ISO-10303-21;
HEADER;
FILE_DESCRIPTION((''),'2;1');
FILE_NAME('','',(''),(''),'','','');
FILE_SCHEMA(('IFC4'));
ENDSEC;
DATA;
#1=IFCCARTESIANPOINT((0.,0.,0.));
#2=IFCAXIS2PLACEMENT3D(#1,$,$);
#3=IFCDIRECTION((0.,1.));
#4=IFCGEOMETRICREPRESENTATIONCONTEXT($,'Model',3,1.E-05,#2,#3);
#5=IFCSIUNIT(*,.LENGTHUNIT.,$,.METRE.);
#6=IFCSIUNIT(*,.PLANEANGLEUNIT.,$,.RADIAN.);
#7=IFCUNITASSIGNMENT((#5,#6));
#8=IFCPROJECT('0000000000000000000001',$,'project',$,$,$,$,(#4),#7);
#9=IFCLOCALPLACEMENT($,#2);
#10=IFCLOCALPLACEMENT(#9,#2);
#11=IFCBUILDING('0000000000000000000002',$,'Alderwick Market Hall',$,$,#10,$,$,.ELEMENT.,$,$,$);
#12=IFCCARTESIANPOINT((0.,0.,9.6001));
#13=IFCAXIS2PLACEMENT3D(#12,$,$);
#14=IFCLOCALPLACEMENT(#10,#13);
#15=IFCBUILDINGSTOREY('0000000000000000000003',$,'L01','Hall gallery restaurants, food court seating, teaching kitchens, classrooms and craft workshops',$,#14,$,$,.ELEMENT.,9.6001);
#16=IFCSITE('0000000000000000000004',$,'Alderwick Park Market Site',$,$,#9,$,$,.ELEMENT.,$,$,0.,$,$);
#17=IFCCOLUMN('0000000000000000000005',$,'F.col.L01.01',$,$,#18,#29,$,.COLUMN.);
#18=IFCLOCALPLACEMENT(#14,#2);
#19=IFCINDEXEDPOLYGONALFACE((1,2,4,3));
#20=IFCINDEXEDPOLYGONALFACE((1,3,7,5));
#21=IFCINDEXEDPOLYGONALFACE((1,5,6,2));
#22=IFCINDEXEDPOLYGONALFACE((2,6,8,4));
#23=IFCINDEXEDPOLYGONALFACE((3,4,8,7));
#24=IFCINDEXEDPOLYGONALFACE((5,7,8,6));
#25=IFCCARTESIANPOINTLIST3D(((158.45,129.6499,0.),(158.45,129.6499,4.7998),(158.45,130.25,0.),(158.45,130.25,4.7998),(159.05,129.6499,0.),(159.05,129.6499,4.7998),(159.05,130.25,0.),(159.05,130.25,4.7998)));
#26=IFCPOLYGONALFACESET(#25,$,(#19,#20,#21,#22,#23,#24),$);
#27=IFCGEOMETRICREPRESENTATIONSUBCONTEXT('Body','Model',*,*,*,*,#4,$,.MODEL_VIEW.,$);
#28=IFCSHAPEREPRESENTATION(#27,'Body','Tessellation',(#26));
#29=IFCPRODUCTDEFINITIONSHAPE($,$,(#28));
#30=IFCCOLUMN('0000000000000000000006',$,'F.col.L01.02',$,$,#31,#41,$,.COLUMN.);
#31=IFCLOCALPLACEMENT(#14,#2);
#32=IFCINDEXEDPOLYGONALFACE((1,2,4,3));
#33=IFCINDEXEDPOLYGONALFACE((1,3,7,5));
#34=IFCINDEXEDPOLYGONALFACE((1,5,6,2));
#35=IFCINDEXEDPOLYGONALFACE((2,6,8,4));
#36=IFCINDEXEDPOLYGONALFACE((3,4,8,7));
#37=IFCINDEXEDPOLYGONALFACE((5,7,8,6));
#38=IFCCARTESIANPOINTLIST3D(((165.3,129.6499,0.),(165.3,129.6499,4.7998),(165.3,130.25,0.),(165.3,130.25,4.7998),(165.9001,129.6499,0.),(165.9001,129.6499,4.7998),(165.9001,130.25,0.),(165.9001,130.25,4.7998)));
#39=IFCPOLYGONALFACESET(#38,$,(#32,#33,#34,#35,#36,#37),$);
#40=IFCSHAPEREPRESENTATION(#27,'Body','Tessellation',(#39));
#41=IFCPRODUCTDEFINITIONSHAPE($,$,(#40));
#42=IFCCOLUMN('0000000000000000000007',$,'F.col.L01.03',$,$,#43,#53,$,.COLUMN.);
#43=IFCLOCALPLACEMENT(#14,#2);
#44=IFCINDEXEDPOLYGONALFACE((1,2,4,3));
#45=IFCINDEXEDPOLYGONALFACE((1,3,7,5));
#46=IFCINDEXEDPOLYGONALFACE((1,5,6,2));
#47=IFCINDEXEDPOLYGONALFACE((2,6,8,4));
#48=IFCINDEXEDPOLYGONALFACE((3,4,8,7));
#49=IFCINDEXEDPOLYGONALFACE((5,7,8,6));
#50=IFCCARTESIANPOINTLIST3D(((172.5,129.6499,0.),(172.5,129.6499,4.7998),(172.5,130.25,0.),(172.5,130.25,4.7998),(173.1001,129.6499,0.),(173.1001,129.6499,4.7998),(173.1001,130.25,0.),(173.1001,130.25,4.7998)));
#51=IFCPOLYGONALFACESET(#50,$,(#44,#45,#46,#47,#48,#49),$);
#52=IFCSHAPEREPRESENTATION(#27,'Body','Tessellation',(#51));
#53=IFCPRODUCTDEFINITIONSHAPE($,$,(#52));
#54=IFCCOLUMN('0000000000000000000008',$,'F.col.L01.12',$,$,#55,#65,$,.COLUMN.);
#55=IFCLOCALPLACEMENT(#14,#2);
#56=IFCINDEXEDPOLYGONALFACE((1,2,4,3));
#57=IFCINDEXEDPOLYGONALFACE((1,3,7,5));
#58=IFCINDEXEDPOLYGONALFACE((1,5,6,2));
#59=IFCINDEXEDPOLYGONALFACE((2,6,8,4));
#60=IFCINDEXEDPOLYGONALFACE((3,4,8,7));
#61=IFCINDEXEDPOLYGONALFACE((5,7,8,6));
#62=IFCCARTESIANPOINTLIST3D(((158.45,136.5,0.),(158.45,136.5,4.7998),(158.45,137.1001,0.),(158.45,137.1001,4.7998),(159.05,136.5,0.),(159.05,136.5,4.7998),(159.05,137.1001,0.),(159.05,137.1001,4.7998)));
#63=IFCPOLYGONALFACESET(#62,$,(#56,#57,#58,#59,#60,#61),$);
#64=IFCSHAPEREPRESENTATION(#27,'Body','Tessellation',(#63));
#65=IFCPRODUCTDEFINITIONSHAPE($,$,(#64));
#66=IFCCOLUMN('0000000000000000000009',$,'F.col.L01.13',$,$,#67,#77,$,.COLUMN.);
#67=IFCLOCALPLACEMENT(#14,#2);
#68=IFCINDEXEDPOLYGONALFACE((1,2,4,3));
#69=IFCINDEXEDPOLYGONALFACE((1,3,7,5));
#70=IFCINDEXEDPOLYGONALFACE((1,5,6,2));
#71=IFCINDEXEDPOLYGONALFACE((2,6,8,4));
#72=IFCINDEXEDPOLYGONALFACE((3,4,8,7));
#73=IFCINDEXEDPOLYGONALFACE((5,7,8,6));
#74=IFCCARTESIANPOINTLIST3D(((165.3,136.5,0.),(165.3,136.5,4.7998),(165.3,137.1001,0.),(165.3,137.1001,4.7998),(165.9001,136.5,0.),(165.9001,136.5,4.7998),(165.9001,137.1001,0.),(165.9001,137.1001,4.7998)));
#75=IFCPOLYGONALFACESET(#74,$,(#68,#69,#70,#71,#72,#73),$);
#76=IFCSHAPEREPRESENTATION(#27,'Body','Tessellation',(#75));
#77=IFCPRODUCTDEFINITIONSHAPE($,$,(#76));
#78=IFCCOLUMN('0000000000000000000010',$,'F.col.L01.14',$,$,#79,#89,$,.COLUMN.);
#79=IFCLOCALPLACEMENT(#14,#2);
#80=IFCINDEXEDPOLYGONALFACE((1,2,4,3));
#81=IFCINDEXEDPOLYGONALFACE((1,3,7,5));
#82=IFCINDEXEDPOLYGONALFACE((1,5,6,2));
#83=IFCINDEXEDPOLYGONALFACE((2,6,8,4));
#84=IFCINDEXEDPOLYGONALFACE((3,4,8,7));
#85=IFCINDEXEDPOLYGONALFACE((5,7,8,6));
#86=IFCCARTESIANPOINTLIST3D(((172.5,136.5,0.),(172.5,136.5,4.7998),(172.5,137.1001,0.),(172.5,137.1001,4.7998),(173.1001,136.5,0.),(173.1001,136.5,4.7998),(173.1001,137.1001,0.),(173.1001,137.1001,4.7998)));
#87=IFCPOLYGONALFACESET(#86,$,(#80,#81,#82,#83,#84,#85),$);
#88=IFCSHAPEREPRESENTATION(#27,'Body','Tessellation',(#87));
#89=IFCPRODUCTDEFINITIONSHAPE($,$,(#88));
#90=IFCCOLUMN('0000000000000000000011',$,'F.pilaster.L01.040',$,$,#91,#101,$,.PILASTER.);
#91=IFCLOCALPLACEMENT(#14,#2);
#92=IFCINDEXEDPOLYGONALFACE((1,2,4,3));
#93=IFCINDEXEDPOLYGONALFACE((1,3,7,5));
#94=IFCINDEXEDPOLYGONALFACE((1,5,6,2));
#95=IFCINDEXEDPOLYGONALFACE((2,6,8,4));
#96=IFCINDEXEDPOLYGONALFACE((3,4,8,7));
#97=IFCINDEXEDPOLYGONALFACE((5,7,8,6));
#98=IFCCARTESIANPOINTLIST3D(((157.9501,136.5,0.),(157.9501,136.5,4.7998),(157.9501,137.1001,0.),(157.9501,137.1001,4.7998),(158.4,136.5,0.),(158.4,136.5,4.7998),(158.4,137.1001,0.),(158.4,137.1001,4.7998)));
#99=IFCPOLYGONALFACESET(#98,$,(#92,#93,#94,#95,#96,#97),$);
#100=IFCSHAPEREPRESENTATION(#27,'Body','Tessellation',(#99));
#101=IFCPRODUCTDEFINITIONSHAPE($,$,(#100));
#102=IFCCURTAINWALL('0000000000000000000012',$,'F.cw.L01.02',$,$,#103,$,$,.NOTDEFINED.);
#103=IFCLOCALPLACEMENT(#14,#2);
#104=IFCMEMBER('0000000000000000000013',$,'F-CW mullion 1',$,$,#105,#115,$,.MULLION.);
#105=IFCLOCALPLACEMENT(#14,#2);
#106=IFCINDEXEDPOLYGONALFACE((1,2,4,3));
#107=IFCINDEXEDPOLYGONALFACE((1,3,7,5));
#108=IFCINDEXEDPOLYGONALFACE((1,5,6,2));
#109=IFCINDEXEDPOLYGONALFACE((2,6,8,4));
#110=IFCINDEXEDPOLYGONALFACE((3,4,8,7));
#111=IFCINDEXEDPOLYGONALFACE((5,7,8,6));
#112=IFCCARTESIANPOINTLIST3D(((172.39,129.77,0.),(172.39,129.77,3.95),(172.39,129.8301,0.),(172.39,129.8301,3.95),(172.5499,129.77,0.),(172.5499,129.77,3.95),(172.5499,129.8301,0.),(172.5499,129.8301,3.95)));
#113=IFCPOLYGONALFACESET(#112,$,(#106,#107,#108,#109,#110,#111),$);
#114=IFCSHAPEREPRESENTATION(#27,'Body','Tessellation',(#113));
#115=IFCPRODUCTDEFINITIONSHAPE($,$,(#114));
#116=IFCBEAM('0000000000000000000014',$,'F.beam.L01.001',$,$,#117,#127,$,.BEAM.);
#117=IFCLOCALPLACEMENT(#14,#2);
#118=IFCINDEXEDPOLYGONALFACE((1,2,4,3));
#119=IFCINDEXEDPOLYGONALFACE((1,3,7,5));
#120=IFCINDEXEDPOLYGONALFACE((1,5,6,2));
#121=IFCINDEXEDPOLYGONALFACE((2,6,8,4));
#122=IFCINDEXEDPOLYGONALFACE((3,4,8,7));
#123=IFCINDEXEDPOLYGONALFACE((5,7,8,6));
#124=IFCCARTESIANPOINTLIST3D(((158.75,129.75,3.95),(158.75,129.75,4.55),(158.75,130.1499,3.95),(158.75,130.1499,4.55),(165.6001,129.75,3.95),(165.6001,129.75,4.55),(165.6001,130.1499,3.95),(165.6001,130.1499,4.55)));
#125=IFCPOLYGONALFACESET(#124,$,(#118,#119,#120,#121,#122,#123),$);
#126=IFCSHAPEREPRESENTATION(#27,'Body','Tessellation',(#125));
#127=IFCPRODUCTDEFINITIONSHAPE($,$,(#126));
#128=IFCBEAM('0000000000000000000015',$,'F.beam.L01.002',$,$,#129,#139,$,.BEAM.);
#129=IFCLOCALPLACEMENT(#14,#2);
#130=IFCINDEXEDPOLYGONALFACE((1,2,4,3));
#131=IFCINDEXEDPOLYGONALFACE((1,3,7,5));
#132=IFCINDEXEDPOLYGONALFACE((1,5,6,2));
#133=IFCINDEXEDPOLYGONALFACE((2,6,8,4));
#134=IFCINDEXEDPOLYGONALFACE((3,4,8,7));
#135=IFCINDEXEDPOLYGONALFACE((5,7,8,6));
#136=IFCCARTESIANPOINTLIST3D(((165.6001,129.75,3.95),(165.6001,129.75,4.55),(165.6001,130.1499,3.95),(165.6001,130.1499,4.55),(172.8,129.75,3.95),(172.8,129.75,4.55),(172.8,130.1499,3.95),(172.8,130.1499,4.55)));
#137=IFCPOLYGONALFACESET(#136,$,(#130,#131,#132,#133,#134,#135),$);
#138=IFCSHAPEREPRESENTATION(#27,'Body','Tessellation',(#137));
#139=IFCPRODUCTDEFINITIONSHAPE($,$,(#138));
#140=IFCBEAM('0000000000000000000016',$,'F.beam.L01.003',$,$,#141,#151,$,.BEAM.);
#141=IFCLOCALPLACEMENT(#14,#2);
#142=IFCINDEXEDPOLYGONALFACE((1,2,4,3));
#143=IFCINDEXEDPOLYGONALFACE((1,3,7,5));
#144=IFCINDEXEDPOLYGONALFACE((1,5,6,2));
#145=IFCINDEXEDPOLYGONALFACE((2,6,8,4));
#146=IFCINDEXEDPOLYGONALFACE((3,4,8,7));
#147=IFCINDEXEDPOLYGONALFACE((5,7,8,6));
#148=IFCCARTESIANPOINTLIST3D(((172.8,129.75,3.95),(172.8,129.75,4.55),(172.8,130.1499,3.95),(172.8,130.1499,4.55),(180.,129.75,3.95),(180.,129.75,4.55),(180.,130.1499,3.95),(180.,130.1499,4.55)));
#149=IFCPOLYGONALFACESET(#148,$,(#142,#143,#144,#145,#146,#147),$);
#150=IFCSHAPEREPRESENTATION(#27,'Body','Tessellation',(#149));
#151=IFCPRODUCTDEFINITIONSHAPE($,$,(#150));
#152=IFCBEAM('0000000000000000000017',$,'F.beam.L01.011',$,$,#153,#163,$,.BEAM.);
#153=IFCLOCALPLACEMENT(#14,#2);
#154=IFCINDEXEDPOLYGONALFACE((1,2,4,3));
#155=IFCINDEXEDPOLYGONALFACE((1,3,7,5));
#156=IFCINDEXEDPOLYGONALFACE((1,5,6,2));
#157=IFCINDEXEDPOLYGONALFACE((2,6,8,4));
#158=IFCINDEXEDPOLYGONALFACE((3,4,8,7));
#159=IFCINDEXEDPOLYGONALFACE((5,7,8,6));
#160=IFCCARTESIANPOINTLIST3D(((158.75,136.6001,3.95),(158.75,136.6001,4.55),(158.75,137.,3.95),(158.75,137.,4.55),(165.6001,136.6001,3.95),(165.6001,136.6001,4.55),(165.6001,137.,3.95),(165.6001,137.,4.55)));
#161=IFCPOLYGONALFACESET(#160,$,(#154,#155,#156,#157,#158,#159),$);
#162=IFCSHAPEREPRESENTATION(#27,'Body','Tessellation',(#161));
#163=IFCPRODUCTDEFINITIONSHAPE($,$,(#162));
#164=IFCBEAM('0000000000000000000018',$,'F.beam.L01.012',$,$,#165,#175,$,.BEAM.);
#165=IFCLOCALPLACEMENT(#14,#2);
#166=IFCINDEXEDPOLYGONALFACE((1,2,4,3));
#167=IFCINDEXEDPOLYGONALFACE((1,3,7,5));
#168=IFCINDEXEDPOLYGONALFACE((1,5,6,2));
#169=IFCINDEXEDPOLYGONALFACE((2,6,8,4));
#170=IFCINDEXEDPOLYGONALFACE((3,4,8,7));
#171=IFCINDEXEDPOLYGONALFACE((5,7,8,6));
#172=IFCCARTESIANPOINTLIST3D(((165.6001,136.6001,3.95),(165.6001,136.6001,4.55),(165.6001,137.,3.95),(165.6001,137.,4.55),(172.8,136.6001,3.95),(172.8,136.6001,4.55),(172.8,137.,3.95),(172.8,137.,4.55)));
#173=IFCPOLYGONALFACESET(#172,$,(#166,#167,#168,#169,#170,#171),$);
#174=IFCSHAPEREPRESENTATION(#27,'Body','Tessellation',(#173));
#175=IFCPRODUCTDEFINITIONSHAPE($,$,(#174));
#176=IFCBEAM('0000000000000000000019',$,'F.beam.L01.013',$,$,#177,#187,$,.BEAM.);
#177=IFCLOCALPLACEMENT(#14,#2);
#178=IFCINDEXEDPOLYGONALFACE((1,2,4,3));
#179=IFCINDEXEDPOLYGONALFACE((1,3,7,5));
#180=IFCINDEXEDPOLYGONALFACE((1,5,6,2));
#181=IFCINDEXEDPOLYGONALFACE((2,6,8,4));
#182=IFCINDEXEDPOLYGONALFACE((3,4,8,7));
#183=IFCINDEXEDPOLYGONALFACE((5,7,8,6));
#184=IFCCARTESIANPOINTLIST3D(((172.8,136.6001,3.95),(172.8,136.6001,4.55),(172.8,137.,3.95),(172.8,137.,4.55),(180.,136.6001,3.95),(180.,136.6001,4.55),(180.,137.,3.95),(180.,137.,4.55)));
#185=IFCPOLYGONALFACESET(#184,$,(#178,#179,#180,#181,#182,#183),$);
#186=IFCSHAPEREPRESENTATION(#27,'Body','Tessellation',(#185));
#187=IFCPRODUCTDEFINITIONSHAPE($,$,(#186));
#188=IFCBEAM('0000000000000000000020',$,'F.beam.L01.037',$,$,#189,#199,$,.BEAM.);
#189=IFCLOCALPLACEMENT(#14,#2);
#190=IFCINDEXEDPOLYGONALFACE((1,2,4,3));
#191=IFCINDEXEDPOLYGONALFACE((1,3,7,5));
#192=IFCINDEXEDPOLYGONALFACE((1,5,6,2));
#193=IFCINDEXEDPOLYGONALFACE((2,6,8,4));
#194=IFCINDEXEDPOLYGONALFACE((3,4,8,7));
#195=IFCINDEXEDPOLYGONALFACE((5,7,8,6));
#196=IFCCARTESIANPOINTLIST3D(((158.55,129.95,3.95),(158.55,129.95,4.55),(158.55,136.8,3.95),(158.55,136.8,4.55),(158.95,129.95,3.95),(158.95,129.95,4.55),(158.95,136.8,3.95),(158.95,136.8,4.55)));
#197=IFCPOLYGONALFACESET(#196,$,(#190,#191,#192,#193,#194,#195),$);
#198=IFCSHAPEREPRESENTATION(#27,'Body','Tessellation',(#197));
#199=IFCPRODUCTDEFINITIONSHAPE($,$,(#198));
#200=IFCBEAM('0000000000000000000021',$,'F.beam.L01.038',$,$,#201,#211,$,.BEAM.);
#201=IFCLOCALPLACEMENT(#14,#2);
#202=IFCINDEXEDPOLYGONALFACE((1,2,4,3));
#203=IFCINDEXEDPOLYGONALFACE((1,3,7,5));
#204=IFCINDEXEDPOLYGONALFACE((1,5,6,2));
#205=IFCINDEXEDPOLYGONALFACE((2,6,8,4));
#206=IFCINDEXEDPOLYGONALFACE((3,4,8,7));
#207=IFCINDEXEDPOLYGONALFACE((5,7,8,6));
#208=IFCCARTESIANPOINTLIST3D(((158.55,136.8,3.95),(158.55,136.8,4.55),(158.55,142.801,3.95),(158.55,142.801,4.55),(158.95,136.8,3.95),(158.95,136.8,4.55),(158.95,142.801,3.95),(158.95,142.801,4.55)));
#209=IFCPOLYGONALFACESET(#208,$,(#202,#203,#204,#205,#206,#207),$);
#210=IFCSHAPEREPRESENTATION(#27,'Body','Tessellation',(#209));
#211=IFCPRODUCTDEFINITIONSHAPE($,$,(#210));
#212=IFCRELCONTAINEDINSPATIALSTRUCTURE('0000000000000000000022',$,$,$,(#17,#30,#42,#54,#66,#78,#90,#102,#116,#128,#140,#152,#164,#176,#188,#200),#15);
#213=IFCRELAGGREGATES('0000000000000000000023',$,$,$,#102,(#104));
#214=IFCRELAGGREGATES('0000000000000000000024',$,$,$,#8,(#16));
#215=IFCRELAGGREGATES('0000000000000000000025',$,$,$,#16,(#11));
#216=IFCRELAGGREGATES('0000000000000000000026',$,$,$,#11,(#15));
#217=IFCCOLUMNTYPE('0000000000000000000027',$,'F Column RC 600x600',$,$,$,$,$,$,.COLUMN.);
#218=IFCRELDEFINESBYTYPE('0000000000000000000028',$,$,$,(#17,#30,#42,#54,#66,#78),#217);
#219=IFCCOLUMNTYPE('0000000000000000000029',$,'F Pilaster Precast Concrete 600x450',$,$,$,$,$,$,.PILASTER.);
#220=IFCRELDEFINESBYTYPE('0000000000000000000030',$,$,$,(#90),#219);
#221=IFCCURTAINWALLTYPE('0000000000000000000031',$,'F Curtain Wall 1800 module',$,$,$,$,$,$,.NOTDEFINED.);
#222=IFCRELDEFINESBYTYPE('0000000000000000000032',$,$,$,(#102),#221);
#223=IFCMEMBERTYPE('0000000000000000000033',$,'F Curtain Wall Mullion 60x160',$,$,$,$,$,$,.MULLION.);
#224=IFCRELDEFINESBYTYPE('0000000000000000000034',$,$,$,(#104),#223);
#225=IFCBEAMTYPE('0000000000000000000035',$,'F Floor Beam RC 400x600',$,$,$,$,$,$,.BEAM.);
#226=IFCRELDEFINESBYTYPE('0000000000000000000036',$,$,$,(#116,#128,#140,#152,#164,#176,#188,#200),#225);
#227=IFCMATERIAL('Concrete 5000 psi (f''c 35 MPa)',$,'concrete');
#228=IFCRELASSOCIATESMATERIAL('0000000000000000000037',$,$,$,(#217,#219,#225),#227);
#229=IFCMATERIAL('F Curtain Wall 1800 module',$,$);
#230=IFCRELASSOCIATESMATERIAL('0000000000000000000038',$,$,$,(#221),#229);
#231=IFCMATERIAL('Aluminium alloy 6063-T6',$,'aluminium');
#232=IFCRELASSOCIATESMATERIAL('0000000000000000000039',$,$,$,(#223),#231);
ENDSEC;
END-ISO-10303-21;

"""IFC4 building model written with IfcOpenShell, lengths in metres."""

from ifc_helpers import new_model, si_unit, direction, frame, origin, origin_2d, place, context, subcontext, project, spatial, rectangle, extrude, material, material_profile, profile_set, type_object, element, aggregate, save


model = new_model("IFC4")

# Units and contexts
model_context = context("Model", 3, precision=1e-05, world=origin(), true_north=direction((0.0, 1.0)))
body_context = subcontext(model_context, "Body", "Model", "MODEL_VIEW")
ifc_project = project(units=[si_unit("LENGTHUNIT", "METRE"), si_unit("PLANEANGLEUNIT", "RADIAN")], contexts=[model_context])

# Site, building, storey
site_placement = place(None, origin())
site = spatial("IfcSite", under=ifc_project, at=site_placement, Name="Alderwick Park Market Site", CompositionType="ELEMENT", RefElevation=0.0)
building_placement = place(site_placement, origin())
building = spatial("IfcBuilding", under=site, at=building_placement, Name="Alderwick Market Hall", CompositionType="ELEMENT")
storey_placement = place(building_placement, frame((0.0, 0.0, 9.6001)))
storey = spatial("IfcBuildingStorey", under=building, at=storey_placement, Name="L01", Description="Hall gallery restaurants, food court seating, teaching kitchens, classrooms and craft workshops", CompositionType="ELEMENT", Elevation=9.6001)

# Columns
ifc_material_1 = material(Name="Concrete 5000 psi (f'c 35 MPa)", Category="concrete")
ifc_material_profile_1 = material_profile(ifc_material_1, rectangle(XDim=0.6001, YDim=0.6001, at=origin_2d()), Name="RC 600x600")
ifc_profile_set_1 = profile_set([ifc_material_profile_1], Name="Concrete 5000 psi (f'c 35 MPa)")
column_type_1 = type_object("IfcColumnType", Name="F Column RC 600x600", PredefinedType="COLUMN", material=ifc_profile_set_1)
for number, where, z_axis, x_axis, name in (
    (1, (158.75, 129.95, 0.0), (0.0, 0.0, 1.0), (1.0, 0.0, 0.0), "F.col.L01.01"),
    (2, (165.6001, 129.95, 0.0), (0.0, 0.0, 1.0), (1.0, 0.0, 0.0), "F.col.L01.02"),
    (3, (172.8, 129.95, 0.0), (0.0, 0.0, 1.0), (1.0, 0.0, 0.0), "F.col.L01.03"),
    (4, (158.75, 136.8, 0.0), (0.0, 0.0, 1.0), (1.0, 0.0, 0.0), "F.col.L01.12"),
    (5, (165.6001, 136.8, 0.0), (0.0, 0.0, 1.0), (1.0, 0.0, 0.0), "F.col.L01.13"),
    (6, (172.8, 136.8, 0.0), (0.0, 0.0, 1.0), (1.0, 0.0, 0.0), "F.col.L01.14"),
):
    element("IfcColumn", number, at=place(storey_placement, frame(where, z_axis=z_axis, x_axis=x_axis)), inside=storey, type_object=column_type_1, Name=name, PredefinedType="COLUMN", context=body_context, shape_type="SweptSolid", body=[
        extrude(rectangle(XDim=0.6001, YDim=0.6001, at=origin_2d()), origin(), (0.0, 0.0, 1.0), 4.7998),
    ])
ifc_material_profile_2 = material_profile(ifc_material_1, rectangle(XDim=0.6001, YDim=0.45, at=origin_2d()), Name="PC 600x450")
ifc_profile_set_2 = profile_set([ifc_material_profile_2], Name="Concrete 5000 psi (f'c 35 MPa)")
column_type_2 = type_object("IfcColumnType", Name="F Pilaster Precast Concrete 600x450", PredefinedType="PILASTER", material=ifc_profile_set_2)
column_placement = place(storey_placement, frame((158.175, 136.8, 0.0), z_axis=(0.0, 0.0, 1.0), x_axis=(0.0, 1.0, 0.0)))
element("IfcColumn", 7, at=column_placement, inside=storey, type_object=column_type_2, Name="F.pilaster.L01.040", PredefinedType="PILASTER", context=body_context, shape_type="SweptSolid", body=[
    extrude(rectangle(XDim=0.6001, YDim=0.45, at=origin_2d()), origin(), (0.0, 0.0, 1.0), 4.7998),
])

# Curtain wall, member
ifc_material_2 = material(Name="F Curtain Wall 1800 module")
curtain_wall_type = type_object("IfcCurtainWallType", Name="F Curtain Wall 1800 module", PredefinedType="NOTDEFINED", material=ifc_material_2)
curtain_wall_placement = place(storey_placement, origin())
curtain_wall = element("IfcCurtainWall", 8, at=curtain_wall_placement, inside=storey, type_object=curtain_wall_type, Name="F.cw.L01.02", PredefinedType="NOTDEFINED")
ifc_material_3 = material(Name="Aluminium alloy 6063-T6", Category="aluminium")
ifc_material_profile_3 = material_profile(ifc_material_3, rectangle(XDim=0.0601, YDim=0.1599, at=origin_2d()), Name="AL 60x160")
ifc_profile_set_3 = profile_set([ifc_material_profile_3], Name="Aluminium alloy 6063-T6")
member_type = type_object("IfcMemberType", Name="F Curtain Wall Mullion 60x160", PredefinedType="MULLION", material=ifc_profile_set_3)
member_placement = place(storey_placement, frame((172.47, 129.8, 0.0), z_axis=(0.0, 0.0, 1.0), x_axis=(0.0, -1.0, 0.0)))
member = element("IfcMember", 9, at=member_placement, type_object=member_type, Name="F-CW mullion 1", PredefinedType="MULLION", context=body_context, shape_type="SweptSolid", body=[
    extrude(rectangle(XDim=0.0601, YDim=0.1599, at=origin_2d()), origin(), (0.0, 0.0, 1.0), 3.95),
])
aggregate(curtain_wall, [member])

# Beams
ifc_material_profile_4 = material_profile(ifc_material_1, rectangle(XDim=0.3999, YDim=0.6001, at=origin_2d()), Name="RC 400x600")
ifc_profile_set_4 = profile_set([ifc_material_profile_4], Name="Concrete 5000 psi (f'c 35 MPa)")
beam_type = type_object("IfcBeamType", Name="F Floor Beam RC 400x600", PredefinedType="BEAM", material=ifc_profile_set_4)
beam_1_placement = place(storey_placement, frame((158.75, 129.95, 4.25), z_axis=(1.0, 0.0, 0.0), x_axis=(0.0, 1.0, 0.0)))
element("IfcBeam", 10, at=beam_1_placement, inside=storey, type_object=beam_type, Name="F.beam.L01.001", PredefinedType="BEAM", context=body_context, shape_type="SweptSolid", body=[
    extrude(rectangle(XDim=0.3999, YDim=0.6001, at=origin_2d()), origin(), (0.0, 0.0, 1.0), 6.8501),
])
for number, where, z_axis, x_axis, name in (
    (11, (165.6001, 129.95, 4.25), (1.0, 0.0, 0.0), (0.0, 1.0, 0.0), "F.beam.L01.002"),
    (12, (172.8, 129.95, 4.25), (1.0, 0.0, 0.0), (0.0, 1.0, 0.0), "F.beam.L01.003"),
):
    element("IfcBeam", number, at=place(storey_placement, frame(where, z_axis=z_axis, x_axis=x_axis)), inside=storey, type_object=beam_type, Name=name, PredefinedType="BEAM", context=body_context, shape_type="SweptSolid", body=[
        extrude(rectangle(XDim=0.3999, YDim=0.6001, at=origin_2d()), origin(), (0.0, 0.0, 1.0), 7.2),
    ])
beam_2_placement = place(storey_placement, frame((158.75, 136.8, 4.25), z_axis=(1.0, 0.0, 0.0), x_axis=(0.0, 1.0, 0.0)))
element("IfcBeam", 13, at=beam_2_placement, inside=storey, type_object=beam_type, Name="F.beam.L01.011", PredefinedType="BEAM", context=body_context, shape_type="SweptSolid", body=[
    extrude(rectangle(XDim=0.3999, YDim=0.6001, at=origin_2d()), origin(), (0.0, 0.0, 1.0), 6.8501),
])
for number, where, z_axis, x_axis, name in (
    (14, (165.6001, 136.8, 4.25), (1.0, 0.0, 0.0), (0.0, 1.0, 0.0), "F.beam.L01.012"),
    (15, (172.8, 136.8, 4.25), (1.0, 0.0, 0.0), (0.0, 1.0, 0.0), "F.beam.L01.013"),
):
    element("IfcBeam", number, at=place(storey_placement, frame(where, z_axis=z_axis, x_axis=x_axis)), inside=storey, type_object=beam_type, Name=name, PredefinedType="BEAM", context=body_context, shape_type="SweptSolid", body=[
        extrude(rectangle(XDim=0.3999, YDim=0.6001, at=origin_2d()), origin(), (0.0, 0.0, 1.0), 7.2),
    ])
beam_3_placement = place(storey_placement, frame((158.75, 129.95, 4.25), z_axis=(0.0, 1.0, 0.0), x_axis=(-1.0, 0.0, 0.0)))
element("IfcBeam", 16, at=beam_3_placement, inside=storey, type_object=beam_type, Name="F.beam.L01.037", PredefinedType="BEAM", context=body_context, shape_type="SweptSolid", body=[
    extrude(rectangle(XDim=0.3999, YDim=0.6001, at=origin_2d()), origin(), (0.0, 0.0, 1.0), 6.8501),
])
beam_4_placement = place(storey_placement, frame((158.75, 136.8, 4.25), z_axis=(0.0, 1.0, 0.0), x_axis=(-1.0, 0.0, 0.0)))
element("IfcBeam", 17, at=beam_4_placement, inside=storey, type_object=beam_type, Name="F.beam.L01.038", PredefinedType="BEAM", context=body_context, shape_type="SweptSolid", body=[
    extrude(rectangle(XDim=0.3999, YDim=0.6001, at=origin_2d()), origin(), (0.0, 0.0, 1.0), 6.001),
])

save(model, "model.ifc")
